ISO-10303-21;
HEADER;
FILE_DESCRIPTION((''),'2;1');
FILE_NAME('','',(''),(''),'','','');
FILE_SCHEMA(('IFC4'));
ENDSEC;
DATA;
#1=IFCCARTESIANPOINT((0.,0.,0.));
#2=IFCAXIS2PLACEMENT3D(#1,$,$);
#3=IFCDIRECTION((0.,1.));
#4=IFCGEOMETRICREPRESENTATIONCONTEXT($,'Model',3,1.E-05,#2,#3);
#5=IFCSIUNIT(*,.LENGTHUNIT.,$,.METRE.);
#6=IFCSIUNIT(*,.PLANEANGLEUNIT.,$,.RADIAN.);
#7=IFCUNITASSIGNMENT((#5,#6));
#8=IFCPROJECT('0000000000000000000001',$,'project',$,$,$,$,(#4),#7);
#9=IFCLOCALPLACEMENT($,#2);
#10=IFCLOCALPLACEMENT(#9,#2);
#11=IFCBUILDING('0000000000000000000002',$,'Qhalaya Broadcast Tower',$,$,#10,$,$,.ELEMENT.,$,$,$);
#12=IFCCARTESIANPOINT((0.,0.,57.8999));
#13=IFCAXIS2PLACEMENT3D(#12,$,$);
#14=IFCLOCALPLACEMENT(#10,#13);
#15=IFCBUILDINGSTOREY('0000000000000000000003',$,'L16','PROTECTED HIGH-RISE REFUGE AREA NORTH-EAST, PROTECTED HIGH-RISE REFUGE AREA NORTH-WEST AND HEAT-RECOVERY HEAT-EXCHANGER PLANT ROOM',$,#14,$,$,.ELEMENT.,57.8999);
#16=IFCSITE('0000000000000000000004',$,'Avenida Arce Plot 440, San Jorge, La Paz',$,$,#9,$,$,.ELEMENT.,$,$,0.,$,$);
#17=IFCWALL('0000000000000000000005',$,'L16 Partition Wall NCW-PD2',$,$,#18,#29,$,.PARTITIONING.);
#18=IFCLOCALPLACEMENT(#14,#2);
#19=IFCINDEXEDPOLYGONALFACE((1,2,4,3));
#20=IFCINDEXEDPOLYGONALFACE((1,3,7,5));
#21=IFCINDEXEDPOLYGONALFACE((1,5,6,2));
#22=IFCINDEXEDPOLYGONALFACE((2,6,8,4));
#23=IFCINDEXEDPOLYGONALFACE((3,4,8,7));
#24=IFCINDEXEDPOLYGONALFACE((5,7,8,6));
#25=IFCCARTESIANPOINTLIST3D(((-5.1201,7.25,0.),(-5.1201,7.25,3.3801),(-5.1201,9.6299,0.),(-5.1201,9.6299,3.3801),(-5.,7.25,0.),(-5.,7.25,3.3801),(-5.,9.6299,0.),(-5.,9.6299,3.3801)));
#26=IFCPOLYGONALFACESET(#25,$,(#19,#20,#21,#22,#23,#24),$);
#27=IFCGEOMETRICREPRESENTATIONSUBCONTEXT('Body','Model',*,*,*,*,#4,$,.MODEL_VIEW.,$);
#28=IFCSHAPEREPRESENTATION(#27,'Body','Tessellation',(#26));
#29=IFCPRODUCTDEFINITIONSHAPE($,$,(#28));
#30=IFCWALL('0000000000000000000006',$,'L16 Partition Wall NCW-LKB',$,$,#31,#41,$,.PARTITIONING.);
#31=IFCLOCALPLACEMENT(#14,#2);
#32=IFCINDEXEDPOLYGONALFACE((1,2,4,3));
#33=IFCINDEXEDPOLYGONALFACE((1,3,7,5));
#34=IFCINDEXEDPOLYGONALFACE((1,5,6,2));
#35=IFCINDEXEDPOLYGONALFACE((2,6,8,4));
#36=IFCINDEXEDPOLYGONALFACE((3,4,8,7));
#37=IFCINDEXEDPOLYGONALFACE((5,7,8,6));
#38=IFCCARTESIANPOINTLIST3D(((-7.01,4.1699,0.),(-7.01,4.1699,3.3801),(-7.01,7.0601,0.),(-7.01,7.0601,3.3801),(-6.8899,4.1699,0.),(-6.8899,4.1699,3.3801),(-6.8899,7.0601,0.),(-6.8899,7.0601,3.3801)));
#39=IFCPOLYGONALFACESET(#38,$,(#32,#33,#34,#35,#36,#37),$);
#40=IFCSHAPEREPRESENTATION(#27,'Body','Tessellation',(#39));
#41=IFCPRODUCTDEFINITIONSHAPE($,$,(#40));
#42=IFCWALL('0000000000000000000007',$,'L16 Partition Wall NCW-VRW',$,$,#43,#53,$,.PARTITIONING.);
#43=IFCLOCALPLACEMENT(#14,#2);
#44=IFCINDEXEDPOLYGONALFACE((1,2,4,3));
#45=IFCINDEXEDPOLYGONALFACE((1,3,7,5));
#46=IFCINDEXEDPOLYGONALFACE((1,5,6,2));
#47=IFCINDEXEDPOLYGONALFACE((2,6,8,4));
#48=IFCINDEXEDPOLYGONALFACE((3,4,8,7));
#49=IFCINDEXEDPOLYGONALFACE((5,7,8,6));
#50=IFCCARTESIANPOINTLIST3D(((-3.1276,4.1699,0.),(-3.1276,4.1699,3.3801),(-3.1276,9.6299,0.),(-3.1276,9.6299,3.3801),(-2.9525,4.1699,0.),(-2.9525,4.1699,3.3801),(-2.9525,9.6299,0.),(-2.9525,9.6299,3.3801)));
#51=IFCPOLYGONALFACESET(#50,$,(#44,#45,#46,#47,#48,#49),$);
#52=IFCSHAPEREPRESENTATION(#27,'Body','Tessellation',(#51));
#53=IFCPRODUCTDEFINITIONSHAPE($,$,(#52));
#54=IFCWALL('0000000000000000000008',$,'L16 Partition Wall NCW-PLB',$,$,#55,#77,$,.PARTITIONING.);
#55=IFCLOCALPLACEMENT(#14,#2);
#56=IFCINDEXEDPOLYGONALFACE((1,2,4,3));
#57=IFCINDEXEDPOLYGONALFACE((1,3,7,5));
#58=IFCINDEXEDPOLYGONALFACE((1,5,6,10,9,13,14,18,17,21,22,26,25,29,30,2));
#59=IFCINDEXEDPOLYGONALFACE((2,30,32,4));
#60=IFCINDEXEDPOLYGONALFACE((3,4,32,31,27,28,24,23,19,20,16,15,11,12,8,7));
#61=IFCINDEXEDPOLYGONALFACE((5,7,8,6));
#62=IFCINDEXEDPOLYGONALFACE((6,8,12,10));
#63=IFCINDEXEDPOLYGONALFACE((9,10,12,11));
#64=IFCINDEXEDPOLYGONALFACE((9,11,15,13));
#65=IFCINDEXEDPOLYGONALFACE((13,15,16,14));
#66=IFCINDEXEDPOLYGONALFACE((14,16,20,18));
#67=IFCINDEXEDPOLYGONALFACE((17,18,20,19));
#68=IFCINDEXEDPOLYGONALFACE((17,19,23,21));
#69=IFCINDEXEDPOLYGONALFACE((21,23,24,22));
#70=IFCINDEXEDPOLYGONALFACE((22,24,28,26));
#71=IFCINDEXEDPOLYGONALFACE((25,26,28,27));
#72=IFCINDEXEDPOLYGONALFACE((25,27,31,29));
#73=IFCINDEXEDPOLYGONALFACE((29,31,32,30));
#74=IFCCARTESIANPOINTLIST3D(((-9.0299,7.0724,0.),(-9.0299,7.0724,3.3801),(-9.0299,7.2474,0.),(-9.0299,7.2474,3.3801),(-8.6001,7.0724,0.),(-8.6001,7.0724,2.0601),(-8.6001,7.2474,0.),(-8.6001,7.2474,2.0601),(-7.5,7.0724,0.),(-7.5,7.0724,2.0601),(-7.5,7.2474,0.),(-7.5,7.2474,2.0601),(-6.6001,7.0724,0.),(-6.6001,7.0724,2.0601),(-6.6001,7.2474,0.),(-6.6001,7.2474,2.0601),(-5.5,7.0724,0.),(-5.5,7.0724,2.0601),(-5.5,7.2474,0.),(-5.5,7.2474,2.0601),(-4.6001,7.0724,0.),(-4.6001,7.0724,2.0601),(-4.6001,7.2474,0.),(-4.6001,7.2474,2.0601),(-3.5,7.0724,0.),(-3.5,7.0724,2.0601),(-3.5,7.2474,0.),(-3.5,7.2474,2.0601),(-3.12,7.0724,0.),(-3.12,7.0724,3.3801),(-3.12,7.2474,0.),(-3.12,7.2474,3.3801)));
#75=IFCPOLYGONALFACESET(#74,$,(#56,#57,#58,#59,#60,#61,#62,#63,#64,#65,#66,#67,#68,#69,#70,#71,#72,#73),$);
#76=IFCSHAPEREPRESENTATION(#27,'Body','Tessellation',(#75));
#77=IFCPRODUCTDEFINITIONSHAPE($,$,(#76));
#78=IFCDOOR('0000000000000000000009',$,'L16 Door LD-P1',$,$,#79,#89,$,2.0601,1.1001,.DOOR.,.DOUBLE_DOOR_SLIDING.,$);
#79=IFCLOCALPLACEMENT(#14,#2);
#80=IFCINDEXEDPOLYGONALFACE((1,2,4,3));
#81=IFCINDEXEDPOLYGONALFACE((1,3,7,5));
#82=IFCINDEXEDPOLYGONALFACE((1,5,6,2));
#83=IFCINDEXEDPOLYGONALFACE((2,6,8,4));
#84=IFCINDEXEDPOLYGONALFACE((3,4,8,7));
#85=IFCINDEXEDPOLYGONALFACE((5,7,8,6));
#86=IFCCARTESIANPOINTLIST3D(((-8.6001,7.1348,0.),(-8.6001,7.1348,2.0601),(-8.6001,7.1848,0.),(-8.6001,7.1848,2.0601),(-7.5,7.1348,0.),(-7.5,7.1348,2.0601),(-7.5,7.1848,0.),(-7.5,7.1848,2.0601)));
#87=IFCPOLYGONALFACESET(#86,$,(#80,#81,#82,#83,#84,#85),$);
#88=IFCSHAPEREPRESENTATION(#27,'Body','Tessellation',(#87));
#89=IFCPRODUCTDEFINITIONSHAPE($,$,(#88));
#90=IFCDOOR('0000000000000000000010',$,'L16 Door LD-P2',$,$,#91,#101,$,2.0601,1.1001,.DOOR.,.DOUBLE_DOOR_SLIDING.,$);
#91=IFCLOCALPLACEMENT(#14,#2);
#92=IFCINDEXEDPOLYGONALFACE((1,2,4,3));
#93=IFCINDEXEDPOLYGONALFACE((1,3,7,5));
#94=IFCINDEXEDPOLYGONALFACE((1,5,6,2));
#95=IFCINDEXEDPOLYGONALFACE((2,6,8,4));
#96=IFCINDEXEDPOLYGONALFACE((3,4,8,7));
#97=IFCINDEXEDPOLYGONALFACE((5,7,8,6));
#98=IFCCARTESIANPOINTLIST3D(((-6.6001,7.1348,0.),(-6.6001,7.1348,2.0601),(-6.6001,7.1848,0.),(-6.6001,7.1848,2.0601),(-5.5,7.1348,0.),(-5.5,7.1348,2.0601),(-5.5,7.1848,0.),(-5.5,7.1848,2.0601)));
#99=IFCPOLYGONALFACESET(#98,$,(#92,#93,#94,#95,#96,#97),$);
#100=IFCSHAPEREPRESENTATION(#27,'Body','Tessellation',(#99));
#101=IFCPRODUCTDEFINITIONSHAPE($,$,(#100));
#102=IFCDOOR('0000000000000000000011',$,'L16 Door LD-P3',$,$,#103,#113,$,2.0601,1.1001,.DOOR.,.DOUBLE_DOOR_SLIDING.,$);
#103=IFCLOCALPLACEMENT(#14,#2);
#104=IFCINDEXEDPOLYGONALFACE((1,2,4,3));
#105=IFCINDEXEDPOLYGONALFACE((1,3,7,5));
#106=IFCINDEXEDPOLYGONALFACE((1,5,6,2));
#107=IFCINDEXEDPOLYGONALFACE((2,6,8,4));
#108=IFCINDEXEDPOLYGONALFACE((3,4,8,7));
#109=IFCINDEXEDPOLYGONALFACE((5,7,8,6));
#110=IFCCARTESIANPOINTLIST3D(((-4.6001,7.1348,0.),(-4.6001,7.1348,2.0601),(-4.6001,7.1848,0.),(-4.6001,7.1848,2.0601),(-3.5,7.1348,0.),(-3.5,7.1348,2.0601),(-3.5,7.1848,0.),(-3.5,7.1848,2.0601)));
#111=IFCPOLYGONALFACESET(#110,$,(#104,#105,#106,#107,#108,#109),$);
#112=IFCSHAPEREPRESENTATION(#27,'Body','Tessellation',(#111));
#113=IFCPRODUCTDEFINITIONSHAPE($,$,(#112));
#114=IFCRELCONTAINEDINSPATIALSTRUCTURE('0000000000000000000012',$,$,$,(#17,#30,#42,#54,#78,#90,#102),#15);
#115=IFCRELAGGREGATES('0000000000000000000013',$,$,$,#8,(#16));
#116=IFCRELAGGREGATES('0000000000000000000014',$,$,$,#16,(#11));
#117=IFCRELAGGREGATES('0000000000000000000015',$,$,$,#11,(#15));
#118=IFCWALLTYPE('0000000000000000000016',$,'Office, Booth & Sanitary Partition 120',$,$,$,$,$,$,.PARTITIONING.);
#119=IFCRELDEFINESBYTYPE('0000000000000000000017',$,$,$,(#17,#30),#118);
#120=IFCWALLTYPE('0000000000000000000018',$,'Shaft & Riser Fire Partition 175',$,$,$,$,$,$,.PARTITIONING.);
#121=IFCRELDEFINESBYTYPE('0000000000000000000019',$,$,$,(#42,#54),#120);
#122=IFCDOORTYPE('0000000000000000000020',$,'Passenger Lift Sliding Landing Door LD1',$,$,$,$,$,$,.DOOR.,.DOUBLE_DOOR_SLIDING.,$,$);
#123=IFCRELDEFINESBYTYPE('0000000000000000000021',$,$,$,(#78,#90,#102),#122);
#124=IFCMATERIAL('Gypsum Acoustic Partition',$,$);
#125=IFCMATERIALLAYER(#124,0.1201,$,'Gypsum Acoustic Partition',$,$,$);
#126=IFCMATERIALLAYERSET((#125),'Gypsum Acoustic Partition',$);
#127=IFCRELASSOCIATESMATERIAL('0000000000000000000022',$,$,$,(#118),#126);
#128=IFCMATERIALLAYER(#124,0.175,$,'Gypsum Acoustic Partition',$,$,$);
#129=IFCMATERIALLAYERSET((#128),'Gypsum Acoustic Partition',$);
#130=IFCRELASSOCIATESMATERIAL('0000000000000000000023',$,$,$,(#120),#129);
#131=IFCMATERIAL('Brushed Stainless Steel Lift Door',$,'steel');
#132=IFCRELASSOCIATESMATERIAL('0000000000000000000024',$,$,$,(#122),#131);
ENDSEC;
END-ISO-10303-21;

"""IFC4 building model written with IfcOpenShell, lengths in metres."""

from ifc_helpers import new_model, si_unit, direction, frame, frame_2d, origin, place, context, subcontext, project, spatial, rectangle, extrude, material, layer, layer_set, type_object, element, fill, save


model = new_model("IFC4")

# Units and contexts
model_context = context("Model", 3, precision=1e-05, world=origin(), true_north=direction((0.0, 1.0)))
body_context = subcontext(model_context, "Body", "Model", "MODEL_VIEW")
ifc_project = project(units=[si_unit("LENGTHUNIT", "METRE"), si_unit("PLANEANGLEUNIT", "RADIAN")], contexts=[model_context])

# Site, building, storey
site_placement = place(None, origin())
site = spatial("IfcSite", under=ifc_project, at=site_placement, Name="Avenida Arce Plot 440, San Jorge, La Paz", CompositionType="ELEMENT", RefElevation=0.0)
building_placement = place(site_placement, origin())
building = spatial("IfcBuilding", under=site, at=building_placement, Name="Qhalaya Broadcast Tower", CompositionType="ELEMENT")
storey_placement = place(building_placement, frame((0.0, 0.0, 57.8999)))
storey = spatial("IfcBuildingStorey", under=building, at=storey_placement, Name="L16", Description="PROTECTED HIGH-RISE REFUGE AREA NORTH-EAST, PROTECTED HIGH-RISE REFUGE AREA NORTH-WEST AND HEAT-RECOVERY HEAT-EXCHANGER PLANT ROOM", CompositionType="ELEMENT", Elevation=57.8999)

# Shared definitions
ifc_material_1 = material(Name="Gypsum Acoustic Partition")

# Walls
ifc_layer_1 = layer(ifc_material_1, 0.1201, Name="Gypsum Acoustic Partition")
ifc_layer_set_1 = layer_set([ifc_layer_1], Name="Gypsum Acoustic Partition")
wall_type_1 = type_object("IfcWallType", Name="Office, Booth & Sanitary Partition 120", PredefinedType="PARTITIONING", material=ifc_layer_set_1)
for number, where, z_axis, x_axis, name in (
    (1, (-5.0601, 7.25, 0.0), (0.0, 0.0, 1.0), (0.0, 1.0, 0.0), "L16 Partition Wall NCW-PD2"),
):
    element("IfcWall", number, at=place(storey_placement, frame(where, z_axis=z_axis, x_axis=x_axis)), inside=storey, type_object=wall_type_1, Name=name, PredefinedType="PARTITIONING", context=body_context, shape_type="SweptSolid", body=[
        extrude(rectangle(XDim=2.3799, YDim=0.1201, at=frame_2d((1.1899, 0.0))), origin(), (0.0, 0.0, 1.0), 3.3801),
    ])
wall_1_placement = place(storey_placement, frame((-6.95, 4.1699, 0.0), z_axis=(0.0, 0.0, 1.0), x_axis=(0.0, 1.0, 0.0)))
element("IfcWall", 2, at=wall_1_placement, inside=storey, type_object=wall_type_1, Name="L16 Partition Wall NCW-LKB", PredefinedType="PARTITIONING", context=body_context, shape_type="SweptSolid", body=[
    extrude(rectangle(XDim=2.8901, YDim=0.1201, at=frame_2d((1.4451, 0.0))), origin(), (0.0, 0.0, 1.0), 3.3801),
])
ifc_layer_2 = layer(ifc_material_1, 0.175, Name="Gypsum Acoustic Partition")
ifc_layer_set_2 = layer_set([ifc_layer_2], Name="Gypsum Acoustic Partition")
wall_type_2 = type_object("IfcWallType", Name="Shaft & Riser Fire Partition 175", PredefinedType="PARTITIONING", material=ifc_layer_set_2)
wall_2_placement = place(storey_placement, frame((-3.04, 4.1699, 0.0), z_axis=(0.0, 0.0, 1.0), x_axis=(0.0, 1.0, 0.0)))
element("IfcWall", 3, at=wall_2_placement, inside=storey, type_object=wall_type_2, Name="L16 Partition Wall NCW-VRW", PredefinedType="PARTITIONING", context=body_context, shape_type="SweptSolid", body=[
    extrude(rectangle(XDim=5.46, YDim=0.175, at=frame_2d((2.73, 0.0))), origin(), (0.0, 0.0, 1.0), 3.3801),
])

# Wall, openings, doors
wall_3_placement = place(storey_placement, frame((-9.03, 7.1599, 0.0), z_axis=(0.0, 0.0, 1.0), x_axis=(1.0, 0.0, 0.0)))
wall_3 = element("IfcWall", 4, at=wall_3_placement, inside=storey, type_object=wall_type_2, Name="L16 Partition Wall NCW-PLB", PredefinedType="PARTITIONING", context=body_context, shape_type="SweptSolid", body=[
    extrude(rectangle(XDim=5.9099, YDim=0.175, at=frame_2d((2.9551, 0.0))), origin(), (0.0, 0.0, 1.0), 3.3801),
])
opening_1_placement = place(wall_3_placement, frame((0.4299, 0.0, 0.0)))
opening_1 = element("IfcOpeningElement", 5, at=opening_1_placement, cuts=wall_3, PredefinedType="OPENING", context=body_context, shape_type="SweptSolid", body=[
    extrude(rectangle(XDim=1.1001, YDim=2.0601, at=frame_2d((0.55, 1.03))), frame((0.0, 0.0996, 0.0), z_axis=(0.0, -1.0, 0.0), x_axis=(1.0, 0.0, 0.0)), (0.0, 0.0, 1.0), 0.199),
])
opening_2_placement = place(wall_3_placement, frame((2.4299, 0.0, 0.0)))
opening_2 = element("IfcOpeningElement", 6, at=opening_2_placement, cuts=wall_3, PredefinedType="OPENING", context=body_context, shape_type="SweptSolid", body=[
    extrude(rectangle(XDim=1.1001, YDim=2.0601, at=frame_2d((0.55, 1.03))), frame((0.0, 0.0996, 0.0), z_axis=(0.0, -1.0, 0.0), x_axis=(1.0, 0.0, 0.0)), (0.0, 0.0, 1.0), 0.199),
])
opening_3_placement = place(wall_3_placement, frame((4.4299, 0.0, 0.0)))
opening_3 = element("IfcOpeningElement", 7, at=opening_3_placement, cuts=wall_3, PredefinedType="OPENING", context=body_context, shape_type="SweptSolid", body=[
    extrude(rectangle(XDim=1.1001, YDim=2.0601, at=frame_2d((0.55, 1.03))), frame((0.0, 0.0996, 0.0), z_axis=(0.0, -1.0, 0.0), x_axis=(1.0, 0.0, 0.0)), (0.0, 0.0, 1.0), 0.199),
])
ifc_material_2 = material(Name="Brushed Stainless Steel Lift Door", Category="steel")
door_type_1 = type_object("IfcDoorType", Name="Passenger Lift Sliding Landing Door LD1", OperationType="DOUBLE_DOOR_SLIDING", PredefinedType="DOOR", material=ifc_material_2)
door_1_placement = place(opening_1_placement, origin())
door_1 = element("IfcDoor", 8, at=door_1_placement, inside=storey, type_object=door_type_1, Name="L16 Door LD-P1", OperationType="DOUBLE_DOOR_SLIDING", OverallHeight=2.0601, OverallWidth=1.1001, PredefinedType="DOOR", context=body_context, shape_type="SweptSolid", body=[
    extrude(rectangle(XDim=1.1001, YDim=2.0601, at=frame_2d((0.55, 1.03))), frame((0.0, 0.0249, 0.0), z_axis=(0.0, -1.0, 0.0), x_axis=(1.0, 0.0, 0.0)), (0.0, 0.0, 1.0), 0.05),
])
fill(opening_1, door_1)
door_2_placement = place(opening_2_placement, origin())
door_2 = element("IfcDoor", 9, at=door_2_placement, inside=storey, type_object=door_type_1, Name="L16 Door LD-P2", OperationType="DOUBLE_DOOR_SLIDING", OverallHeight=2.0601, OverallWidth=1.1001, PredefinedType="DOOR", context=body_context, shape_type="SweptSolid", body=[
    extrude(rectangle(XDim=1.1001, YDim=2.0601, at=frame_2d((0.55, 1.03))), frame((0.0, 0.0249, 0.0), z_axis=(0.0, -1.0, 0.0), x_axis=(1.0, 0.0, 0.0)), (0.0, 0.0, 1.0), 0.05),
])
fill(opening_2, door_2)
door_3_placement = place(opening_3_placement, origin())
door_3 = element("IfcDoor", 10, at=door_3_placement, inside=storey, type_object=door_type_1, Name="L16 Door LD-P3", OperationType="DOUBLE_DOOR_SLIDING", OverallHeight=2.0601, OverallWidth=1.1001, PredefinedType="DOOR", context=body_context, shape_type="SweptSolid", body=[
    extrude(rectangle(XDim=1.1001, YDim=2.0601, at=frame_2d((0.55, 1.03))), frame((0.0, 0.0249, 0.0), z_axis=(0.0, -1.0, 0.0), x_axis=(1.0, 0.0, 0.0)), (0.0, 0.0, 1.0), 0.05),
])
fill(opening_3, door_3)

save(model, "model.ifc")
